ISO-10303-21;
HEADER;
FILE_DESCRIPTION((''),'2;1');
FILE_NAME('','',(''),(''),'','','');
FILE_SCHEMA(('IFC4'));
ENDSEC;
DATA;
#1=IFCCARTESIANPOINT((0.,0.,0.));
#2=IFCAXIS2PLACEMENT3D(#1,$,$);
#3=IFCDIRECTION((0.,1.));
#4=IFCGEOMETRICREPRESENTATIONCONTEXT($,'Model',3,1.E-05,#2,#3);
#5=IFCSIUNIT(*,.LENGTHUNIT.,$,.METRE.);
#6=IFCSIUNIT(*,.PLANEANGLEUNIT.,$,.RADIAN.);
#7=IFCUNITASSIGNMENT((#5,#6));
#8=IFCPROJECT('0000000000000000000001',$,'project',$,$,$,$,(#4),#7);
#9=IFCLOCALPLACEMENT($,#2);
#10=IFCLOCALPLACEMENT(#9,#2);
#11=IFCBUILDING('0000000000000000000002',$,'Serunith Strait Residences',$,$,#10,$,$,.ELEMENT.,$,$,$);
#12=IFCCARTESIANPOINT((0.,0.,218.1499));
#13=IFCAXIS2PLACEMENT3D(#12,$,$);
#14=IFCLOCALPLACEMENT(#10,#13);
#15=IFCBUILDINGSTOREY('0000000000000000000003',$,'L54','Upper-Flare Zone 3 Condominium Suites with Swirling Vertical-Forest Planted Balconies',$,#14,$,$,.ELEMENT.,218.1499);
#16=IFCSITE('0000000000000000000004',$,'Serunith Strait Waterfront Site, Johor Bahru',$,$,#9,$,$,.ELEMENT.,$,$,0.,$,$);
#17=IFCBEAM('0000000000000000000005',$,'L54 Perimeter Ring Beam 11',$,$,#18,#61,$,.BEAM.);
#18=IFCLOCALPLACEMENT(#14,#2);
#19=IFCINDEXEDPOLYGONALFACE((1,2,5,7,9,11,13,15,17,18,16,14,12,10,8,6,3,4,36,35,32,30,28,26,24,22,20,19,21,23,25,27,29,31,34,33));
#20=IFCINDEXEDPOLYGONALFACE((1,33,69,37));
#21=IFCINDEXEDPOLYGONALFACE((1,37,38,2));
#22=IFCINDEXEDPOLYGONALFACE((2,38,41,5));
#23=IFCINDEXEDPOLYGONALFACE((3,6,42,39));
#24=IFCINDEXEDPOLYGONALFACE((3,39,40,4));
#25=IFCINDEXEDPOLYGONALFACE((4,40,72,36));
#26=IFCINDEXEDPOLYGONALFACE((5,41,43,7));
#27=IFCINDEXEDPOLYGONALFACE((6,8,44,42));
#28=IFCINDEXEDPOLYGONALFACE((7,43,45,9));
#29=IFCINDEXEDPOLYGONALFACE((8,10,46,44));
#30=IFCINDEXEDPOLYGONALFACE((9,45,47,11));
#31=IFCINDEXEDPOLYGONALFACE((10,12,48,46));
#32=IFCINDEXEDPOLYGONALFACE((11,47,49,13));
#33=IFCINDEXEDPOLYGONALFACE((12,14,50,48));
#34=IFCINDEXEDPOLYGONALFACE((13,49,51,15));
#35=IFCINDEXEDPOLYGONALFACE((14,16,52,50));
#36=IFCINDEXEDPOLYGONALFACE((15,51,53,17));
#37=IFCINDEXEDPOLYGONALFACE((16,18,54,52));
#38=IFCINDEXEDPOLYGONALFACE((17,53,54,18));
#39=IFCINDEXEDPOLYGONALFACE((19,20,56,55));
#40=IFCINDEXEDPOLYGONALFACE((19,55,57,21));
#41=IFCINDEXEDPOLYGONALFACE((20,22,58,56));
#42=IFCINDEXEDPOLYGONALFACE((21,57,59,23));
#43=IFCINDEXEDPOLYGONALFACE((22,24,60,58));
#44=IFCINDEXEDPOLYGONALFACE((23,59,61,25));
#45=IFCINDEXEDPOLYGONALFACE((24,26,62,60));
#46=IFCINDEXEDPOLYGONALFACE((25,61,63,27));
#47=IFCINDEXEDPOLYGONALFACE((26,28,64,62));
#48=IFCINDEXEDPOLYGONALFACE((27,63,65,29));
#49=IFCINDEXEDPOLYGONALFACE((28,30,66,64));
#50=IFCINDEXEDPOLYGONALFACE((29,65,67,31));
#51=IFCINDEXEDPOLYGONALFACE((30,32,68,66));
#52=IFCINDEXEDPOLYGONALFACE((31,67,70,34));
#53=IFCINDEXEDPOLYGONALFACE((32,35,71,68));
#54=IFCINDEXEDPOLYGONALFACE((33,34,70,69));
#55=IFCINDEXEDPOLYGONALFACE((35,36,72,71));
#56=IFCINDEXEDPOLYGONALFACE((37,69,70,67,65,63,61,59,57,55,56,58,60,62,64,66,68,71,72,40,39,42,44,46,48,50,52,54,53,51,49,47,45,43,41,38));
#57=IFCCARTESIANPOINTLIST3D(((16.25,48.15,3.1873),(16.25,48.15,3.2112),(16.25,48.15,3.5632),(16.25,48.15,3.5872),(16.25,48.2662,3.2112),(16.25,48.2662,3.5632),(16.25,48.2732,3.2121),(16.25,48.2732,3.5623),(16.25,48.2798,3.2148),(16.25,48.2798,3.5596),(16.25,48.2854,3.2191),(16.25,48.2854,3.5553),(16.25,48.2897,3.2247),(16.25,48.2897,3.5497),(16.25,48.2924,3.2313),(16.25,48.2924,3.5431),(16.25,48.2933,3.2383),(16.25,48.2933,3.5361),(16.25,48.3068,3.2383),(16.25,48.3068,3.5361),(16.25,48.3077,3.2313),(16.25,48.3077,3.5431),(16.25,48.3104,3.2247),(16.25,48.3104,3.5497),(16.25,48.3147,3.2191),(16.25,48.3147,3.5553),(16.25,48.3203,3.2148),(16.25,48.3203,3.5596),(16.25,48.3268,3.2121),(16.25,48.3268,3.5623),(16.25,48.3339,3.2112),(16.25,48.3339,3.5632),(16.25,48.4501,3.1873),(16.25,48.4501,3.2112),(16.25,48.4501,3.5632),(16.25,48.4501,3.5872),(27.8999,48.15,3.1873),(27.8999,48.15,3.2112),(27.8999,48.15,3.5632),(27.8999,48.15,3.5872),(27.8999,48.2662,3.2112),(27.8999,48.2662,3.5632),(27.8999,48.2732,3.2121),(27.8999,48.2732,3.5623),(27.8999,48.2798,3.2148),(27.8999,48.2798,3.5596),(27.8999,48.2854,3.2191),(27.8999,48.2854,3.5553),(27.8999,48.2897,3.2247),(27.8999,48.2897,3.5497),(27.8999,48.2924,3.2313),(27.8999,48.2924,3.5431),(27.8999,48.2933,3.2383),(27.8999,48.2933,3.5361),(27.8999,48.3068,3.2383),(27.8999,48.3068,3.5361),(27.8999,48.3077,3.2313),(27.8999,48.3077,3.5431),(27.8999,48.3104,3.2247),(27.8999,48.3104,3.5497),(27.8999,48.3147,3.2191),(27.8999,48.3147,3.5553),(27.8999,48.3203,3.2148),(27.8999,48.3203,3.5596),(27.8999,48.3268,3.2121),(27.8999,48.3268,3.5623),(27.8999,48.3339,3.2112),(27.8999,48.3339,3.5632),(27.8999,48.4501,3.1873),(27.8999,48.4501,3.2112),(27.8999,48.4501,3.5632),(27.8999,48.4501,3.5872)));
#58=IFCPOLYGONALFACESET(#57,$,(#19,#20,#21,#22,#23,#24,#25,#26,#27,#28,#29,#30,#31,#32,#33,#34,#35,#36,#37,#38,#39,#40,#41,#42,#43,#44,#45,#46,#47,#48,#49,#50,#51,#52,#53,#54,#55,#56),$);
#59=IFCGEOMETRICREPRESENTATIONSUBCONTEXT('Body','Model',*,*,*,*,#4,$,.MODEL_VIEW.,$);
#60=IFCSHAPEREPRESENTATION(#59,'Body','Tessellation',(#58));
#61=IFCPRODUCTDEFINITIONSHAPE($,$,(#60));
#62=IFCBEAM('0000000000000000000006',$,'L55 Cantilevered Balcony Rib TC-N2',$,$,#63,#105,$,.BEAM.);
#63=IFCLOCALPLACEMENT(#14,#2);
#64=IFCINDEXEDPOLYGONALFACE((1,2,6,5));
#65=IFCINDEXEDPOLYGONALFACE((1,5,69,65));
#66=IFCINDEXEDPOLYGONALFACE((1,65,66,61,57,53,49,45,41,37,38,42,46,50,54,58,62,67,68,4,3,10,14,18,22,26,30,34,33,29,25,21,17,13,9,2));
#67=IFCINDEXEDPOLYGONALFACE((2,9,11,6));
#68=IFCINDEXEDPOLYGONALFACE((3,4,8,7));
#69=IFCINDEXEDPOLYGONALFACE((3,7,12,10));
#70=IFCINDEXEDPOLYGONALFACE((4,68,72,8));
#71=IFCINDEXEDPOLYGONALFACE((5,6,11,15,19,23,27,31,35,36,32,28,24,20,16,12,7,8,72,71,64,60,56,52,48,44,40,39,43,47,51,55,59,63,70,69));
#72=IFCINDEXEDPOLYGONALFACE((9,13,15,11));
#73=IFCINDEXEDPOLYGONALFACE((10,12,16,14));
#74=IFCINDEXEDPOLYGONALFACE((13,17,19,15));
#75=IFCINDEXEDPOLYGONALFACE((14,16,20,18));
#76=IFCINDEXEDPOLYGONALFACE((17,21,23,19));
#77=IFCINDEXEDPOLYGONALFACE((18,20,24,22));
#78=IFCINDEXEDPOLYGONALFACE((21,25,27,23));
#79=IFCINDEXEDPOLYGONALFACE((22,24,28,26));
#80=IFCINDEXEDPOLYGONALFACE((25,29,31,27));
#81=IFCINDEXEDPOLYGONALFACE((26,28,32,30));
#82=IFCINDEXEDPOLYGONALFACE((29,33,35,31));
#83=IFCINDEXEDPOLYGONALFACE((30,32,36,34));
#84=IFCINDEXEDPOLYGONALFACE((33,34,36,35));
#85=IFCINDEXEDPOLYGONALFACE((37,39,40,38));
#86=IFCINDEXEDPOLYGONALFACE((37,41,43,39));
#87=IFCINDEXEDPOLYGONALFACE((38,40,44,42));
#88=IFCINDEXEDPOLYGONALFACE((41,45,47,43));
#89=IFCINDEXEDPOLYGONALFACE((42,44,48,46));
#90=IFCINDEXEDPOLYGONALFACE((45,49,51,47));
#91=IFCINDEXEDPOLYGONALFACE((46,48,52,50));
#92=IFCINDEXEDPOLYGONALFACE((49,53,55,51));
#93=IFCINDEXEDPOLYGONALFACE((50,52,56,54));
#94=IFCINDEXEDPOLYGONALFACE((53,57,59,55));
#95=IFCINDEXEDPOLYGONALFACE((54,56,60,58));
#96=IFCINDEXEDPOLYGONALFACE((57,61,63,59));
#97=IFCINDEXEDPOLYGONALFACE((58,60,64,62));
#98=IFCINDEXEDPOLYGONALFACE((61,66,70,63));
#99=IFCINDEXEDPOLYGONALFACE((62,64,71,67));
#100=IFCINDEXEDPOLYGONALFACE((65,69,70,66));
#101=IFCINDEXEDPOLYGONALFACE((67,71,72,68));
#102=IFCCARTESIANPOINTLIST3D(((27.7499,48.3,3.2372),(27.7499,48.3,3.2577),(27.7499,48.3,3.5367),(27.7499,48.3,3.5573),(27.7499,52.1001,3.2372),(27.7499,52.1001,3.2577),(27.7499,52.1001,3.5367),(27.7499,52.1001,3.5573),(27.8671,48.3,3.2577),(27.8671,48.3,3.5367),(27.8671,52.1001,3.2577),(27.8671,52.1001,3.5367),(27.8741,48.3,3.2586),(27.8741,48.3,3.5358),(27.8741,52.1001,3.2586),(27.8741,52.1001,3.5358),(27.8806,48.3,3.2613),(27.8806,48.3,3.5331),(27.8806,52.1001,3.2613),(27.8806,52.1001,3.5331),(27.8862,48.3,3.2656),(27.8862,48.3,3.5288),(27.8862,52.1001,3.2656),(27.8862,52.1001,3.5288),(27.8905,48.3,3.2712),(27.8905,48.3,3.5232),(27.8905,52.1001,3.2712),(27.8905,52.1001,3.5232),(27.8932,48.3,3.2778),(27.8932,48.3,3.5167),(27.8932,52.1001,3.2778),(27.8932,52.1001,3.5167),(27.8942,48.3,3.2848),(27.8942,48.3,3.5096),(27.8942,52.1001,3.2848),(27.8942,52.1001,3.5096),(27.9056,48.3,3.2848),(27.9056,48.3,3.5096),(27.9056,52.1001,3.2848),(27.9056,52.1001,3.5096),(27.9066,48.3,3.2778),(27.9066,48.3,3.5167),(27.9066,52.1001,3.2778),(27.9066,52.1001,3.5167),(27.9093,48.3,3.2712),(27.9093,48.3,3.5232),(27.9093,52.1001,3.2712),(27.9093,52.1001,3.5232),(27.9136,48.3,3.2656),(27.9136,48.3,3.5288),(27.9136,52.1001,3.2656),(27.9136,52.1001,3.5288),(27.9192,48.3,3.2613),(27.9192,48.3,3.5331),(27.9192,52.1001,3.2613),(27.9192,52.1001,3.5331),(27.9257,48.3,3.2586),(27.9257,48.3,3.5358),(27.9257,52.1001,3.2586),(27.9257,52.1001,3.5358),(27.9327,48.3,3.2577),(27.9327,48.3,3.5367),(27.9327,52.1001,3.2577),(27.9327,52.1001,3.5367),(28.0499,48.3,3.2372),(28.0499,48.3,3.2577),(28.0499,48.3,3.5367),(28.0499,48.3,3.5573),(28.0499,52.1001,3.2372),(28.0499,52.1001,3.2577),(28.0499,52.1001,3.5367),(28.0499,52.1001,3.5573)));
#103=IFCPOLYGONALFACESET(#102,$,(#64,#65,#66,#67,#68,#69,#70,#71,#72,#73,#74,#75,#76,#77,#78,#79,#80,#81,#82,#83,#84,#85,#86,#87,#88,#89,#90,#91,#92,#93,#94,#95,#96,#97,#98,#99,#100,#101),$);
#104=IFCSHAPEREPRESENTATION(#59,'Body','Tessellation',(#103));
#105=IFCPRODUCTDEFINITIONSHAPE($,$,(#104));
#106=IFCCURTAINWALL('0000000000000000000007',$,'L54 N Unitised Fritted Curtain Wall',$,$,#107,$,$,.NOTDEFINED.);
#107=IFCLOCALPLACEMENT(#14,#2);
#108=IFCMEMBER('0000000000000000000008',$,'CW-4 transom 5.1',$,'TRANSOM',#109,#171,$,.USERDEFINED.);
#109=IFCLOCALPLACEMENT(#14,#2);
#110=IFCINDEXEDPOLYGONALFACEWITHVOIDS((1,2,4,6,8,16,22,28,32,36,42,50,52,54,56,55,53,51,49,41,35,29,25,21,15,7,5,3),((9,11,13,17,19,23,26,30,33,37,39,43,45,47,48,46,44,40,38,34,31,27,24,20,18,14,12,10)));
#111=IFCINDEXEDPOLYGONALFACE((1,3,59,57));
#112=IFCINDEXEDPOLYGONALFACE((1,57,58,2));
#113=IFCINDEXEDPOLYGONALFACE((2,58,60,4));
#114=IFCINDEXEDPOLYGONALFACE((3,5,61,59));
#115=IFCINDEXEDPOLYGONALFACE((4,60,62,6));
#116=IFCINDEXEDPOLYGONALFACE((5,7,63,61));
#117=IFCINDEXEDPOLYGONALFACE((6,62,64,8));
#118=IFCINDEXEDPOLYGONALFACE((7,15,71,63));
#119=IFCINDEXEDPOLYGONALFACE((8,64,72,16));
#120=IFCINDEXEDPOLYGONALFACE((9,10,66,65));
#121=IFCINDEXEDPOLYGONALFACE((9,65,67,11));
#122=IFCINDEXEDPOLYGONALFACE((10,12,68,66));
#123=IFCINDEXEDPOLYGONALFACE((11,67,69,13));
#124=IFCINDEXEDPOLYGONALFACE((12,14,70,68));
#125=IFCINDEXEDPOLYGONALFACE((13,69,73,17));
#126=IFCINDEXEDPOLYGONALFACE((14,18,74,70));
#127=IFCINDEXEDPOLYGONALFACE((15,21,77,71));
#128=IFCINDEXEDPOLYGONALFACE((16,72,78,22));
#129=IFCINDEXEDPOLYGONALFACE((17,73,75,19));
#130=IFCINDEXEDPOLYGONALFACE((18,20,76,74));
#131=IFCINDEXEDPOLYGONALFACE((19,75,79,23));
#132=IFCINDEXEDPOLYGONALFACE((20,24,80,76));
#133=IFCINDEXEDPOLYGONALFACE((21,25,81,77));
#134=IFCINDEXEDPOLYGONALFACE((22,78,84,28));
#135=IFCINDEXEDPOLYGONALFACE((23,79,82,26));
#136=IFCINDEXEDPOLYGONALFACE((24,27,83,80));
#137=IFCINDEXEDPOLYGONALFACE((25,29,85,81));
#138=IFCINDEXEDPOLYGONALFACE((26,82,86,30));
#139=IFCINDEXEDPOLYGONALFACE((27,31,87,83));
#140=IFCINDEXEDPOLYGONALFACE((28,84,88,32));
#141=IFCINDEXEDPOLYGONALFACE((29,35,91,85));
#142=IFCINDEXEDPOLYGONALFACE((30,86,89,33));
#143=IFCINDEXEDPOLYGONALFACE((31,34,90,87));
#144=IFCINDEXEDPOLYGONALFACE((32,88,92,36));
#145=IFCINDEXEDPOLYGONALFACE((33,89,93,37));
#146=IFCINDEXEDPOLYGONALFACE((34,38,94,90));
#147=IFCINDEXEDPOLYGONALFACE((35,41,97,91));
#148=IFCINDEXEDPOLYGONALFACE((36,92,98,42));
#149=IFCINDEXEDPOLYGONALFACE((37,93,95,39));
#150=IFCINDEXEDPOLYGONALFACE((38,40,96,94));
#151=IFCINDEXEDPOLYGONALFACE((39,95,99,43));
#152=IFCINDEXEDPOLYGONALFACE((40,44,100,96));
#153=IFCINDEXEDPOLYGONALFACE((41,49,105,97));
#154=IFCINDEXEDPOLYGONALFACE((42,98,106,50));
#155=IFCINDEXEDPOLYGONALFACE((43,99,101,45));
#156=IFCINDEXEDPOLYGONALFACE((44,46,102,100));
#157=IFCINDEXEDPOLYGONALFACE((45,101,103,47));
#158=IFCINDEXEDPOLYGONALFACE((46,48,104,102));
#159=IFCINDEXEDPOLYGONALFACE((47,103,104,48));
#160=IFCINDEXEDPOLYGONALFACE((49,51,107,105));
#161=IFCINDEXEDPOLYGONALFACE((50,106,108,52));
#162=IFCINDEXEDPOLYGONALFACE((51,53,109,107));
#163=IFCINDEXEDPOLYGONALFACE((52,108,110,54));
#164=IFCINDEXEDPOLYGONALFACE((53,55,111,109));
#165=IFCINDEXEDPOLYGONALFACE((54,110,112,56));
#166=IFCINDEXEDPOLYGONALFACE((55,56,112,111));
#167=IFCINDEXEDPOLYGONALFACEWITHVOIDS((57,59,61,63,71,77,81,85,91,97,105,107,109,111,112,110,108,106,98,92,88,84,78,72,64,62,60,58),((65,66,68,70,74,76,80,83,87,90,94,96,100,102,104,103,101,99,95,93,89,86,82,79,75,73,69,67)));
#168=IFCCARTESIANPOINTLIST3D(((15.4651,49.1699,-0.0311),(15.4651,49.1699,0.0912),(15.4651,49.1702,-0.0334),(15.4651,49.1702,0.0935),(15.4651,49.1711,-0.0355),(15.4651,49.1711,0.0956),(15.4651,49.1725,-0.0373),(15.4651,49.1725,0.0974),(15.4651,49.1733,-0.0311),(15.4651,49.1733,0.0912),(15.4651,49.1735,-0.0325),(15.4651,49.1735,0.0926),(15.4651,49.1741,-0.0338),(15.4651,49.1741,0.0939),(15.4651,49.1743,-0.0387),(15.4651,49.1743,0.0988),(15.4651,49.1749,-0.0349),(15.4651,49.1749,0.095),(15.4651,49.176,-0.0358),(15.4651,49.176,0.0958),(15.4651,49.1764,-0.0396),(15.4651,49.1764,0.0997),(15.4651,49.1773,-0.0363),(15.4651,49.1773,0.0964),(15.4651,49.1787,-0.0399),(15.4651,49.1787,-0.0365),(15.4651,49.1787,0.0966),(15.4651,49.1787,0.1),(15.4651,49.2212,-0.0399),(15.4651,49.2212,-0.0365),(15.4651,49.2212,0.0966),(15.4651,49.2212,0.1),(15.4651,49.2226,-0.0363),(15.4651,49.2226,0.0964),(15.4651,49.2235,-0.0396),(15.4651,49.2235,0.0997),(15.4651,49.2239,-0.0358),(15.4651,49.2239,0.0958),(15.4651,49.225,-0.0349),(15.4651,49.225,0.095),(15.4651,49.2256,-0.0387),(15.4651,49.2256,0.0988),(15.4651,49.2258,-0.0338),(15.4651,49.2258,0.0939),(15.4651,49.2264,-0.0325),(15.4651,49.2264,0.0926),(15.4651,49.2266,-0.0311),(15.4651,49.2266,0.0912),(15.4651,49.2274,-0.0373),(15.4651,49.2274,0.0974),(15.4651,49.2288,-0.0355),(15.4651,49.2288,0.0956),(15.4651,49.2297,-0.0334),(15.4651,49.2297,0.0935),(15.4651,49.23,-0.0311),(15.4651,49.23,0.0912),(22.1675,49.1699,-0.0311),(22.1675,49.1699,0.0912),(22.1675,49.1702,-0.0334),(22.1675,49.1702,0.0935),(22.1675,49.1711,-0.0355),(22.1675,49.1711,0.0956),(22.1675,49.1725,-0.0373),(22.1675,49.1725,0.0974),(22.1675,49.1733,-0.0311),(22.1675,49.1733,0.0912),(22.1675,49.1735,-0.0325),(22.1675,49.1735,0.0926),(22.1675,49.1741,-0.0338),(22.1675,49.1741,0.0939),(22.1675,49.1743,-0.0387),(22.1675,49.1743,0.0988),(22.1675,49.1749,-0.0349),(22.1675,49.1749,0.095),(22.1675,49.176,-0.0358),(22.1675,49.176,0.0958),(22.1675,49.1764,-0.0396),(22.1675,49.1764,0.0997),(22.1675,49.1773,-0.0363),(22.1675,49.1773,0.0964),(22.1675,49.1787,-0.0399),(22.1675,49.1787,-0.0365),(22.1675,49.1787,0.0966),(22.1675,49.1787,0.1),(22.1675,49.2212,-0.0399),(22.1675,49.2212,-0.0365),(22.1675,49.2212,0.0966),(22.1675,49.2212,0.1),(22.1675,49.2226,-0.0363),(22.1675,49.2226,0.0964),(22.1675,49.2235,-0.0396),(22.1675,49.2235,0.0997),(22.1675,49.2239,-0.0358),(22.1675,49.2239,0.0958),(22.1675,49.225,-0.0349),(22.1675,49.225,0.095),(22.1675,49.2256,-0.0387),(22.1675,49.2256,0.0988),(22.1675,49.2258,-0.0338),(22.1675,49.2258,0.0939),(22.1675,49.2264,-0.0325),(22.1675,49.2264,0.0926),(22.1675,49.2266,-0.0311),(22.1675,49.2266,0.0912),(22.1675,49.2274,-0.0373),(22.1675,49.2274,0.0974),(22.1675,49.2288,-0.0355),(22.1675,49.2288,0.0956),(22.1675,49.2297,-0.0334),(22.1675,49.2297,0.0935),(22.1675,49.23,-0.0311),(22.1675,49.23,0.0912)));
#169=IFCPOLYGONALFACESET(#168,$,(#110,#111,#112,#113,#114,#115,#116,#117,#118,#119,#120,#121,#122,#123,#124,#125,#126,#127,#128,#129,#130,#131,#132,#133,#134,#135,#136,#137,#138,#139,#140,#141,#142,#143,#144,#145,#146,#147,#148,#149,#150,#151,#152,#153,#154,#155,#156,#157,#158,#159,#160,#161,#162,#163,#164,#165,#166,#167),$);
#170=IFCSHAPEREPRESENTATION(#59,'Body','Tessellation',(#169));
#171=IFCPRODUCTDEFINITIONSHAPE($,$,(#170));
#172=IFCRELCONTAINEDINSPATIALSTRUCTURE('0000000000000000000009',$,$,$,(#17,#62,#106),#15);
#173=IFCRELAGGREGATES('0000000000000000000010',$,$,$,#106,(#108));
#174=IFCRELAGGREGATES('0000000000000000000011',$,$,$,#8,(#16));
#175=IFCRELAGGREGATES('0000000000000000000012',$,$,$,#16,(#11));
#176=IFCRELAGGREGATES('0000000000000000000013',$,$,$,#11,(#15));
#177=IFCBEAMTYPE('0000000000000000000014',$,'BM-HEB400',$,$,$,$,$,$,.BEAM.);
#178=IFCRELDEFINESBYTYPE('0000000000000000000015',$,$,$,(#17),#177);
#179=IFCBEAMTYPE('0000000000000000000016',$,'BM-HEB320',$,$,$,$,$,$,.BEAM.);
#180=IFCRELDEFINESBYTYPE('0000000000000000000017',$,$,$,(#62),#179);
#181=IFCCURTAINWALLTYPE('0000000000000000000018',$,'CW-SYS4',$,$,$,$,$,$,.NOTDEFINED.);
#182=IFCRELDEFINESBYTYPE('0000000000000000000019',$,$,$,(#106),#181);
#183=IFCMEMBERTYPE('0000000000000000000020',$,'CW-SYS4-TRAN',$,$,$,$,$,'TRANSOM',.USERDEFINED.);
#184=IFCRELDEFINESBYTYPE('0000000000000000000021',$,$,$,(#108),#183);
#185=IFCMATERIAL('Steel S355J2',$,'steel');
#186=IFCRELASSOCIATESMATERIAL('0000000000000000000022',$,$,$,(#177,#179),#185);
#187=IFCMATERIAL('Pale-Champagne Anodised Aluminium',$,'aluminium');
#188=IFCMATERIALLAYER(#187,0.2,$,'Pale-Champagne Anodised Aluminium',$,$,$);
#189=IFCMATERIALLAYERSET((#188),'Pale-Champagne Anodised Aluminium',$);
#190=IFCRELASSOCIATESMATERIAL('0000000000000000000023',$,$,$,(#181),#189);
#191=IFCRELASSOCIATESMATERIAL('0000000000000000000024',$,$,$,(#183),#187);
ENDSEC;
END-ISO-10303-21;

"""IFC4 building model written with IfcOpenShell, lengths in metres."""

from ifc_helpers import new_model, si_unit, direction, frame, origin, origin_2d, place, context, subcontext, project, spatial, hollow_rectangle, i_section, extrude, source, transform, mapped, material, layer, layer_set, material_profile, profile_set, type_object, element, aggregate, save


model = new_model("IFC4")

# Units and contexts
model_context = context("Model", 3, precision=1e-05, world=origin(), true_north=direction((0.0, 1.0)))
body_context = subcontext(model_context, "Body", "Model", "MODEL_VIEW")
ifc_project = project(units=[si_unit("LENGTHUNIT", "METRE"), si_unit("PLANEANGLEUNIT", "RADIAN")], contexts=[model_context])

# Site, building, storey
site_placement = place(None, origin())
site = spatial("IfcSite", under=ifc_project, at=site_placement, Name="Serunith Strait Waterfront Site, Johor Bahru", CompositionType="ELEMENT", RefElevation=0.0)
building_placement = place(site_placement, origin())
building = spatial("IfcBuilding", under=site, at=building_placement, Name="Serunith Strait Residences", CompositionType="ELEMENT")
storey_placement = place(building_placement, frame((0.0, 0.0, 218.1499)))
storey = spatial("IfcBuildingStorey", under=building, at=storey_placement, Name="L54", Description="Upper-Flare Zone 3 Condominium Suites with Swirling Vertical-Forest Planted Balconies", CompositionType="ELEMENT", Elevation=218.1499)

# Beams
ifc_material_1 = material(Name="Steel S355J2", Category="steel")
ifc_material_profile_1 = material_profile(ifc_material_1, i_section(OverallWidth=0.3, OverallDepth=0.3999, WebThickness=0.0134, FlangeThickness=0.0239, FilletRadius=0.0271, at=origin_2d()), Name="HEB 400")
ifc_profile_set_1 = profile_set([ifc_material_profile_1], Name="Steel S355J2")
beam_type_1 = type_object("IfcBeamType", Name="BM-HEB400", PredefinedType="BEAM", material=ifc_profile_set_1)
shared_shape_1 = source(origin(), body_context, "Body", "SweptSolid", [
    extrude(i_section(OverallWidth=0.3, OverallDepth=0.3999, WebThickness=0.0134, FlangeThickness=0.0239, FilletRadius=0.0271, at=origin_2d()), origin(), (0.0, 0.0, 1.0), 11.6499),
])
beam_1_placement = place(storey_placement, frame((27.8999, 48.3, 3.3872), z_axis=(-1.0, 0.0, 0.0), x_axis=(0.0, -1.0, 0.0)))
element("IfcBeam", 1, at=beam_1_placement, inside=storey, type_object=beam_type_1, Name="L54 Perimeter Ring Beam 11", PredefinedType="BEAM", context=body_context, shape_type="MappedRepresentation", body=[
    mapped(shared_shape_1, transform((0.0, 0.0, 0.0), scale=1.0)),
])
ifc_material_profile_2 = material_profile(ifc_material_1, i_section(OverallWidth=0.3, OverallDepth=0.3201, WebThickness=0.0115, FlangeThickness=0.0205, FilletRadius=0.0271, at=origin_2d()), Name="HEB 320")
ifc_profile_set_2 = profile_set([ifc_material_profile_2], Name="Steel S355J2")
beam_type_2 = type_object("IfcBeamType", Name="BM-HEB320", PredefinedType="BEAM", material=ifc_profile_set_2)
shared_shape_2 = source(origin(), body_context, "Body", "SweptSolid", [
    extrude(i_section(OverallWidth=0.3, OverallDepth=0.3201, WebThickness=0.0115, FlangeThickness=0.0205, FilletRadius=0.0271, at=origin_2d()), origin(), (0.0, 0.0, 1.0), 3.8),
])
beam_2_placement = place(storey_placement, frame((27.8999, 48.3, 3.3972), z_axis=(0.0, 1.0, 0.0), x_axis=(-1.0, 0.0, 0.0)))
element("IfcBeam", 2, at=beam_2_placement, inside=storey, type_object=beam_type_2, Name="L55 Cantilevered Balcony Rib TC-N2", PredefinedType="BEAM", context=body_context, shape_type="MappedRepresentation", body=[
    mapped(shared_shape_2, transform((0.0, 0.0, 0.0), scale=1.0)),
])

# Curtain wall, member
ifc_material_2 = material(Name="Pale-Champagne Anodised Aluminium", Category="aluminium")
ifc_layer_1 = layer(ifc_material_2, 0.2, Name="Pale-Champagne Anodised Aluminium")
ifc_layer_set_1 = layer_set([ifc_layer_1], Name="Pale-Champagne Anodised Aluminium")
curtain_wall_type = type_object("IfcCurtainWallType", Name="CW-SYS4", PredefinedType="NOTDEFINED", material=ifc_layer_set_1)
curtain_wall_placement = place(storey_placement, origin())
curtain_wall = element("IfcCurtainWall", 3, at=curtain_wall_placement, inside=storey, type_object=curtain_wall_type, Name="L54 N Unitised Fritted Curtain Wall", PredefinedType="NOTDEFINED")
ifc_material_profile_3 = material_profile(ifc_material_2, hollow_rectangle(XDim=0.0601, YDim=0.1399, WallThickness=0.0034, InnerFilletRadius=0.0054, OuterFilletRadius=0.0088, at=origin_2d()), Name="ALU 140x60x3.5")
ifc_profile_set_3 = profile_set([ifc_material_profile_3], Name="Pale-Champagne Anodised Aluminium")
member_type_1 = type_object("IfcMemberType", Name="CW-SYS4-TRAN", ElementType="TRANSOM", PredefinedType="USERDEFINED", material=ifc_profile_set_3)
shared_shape_3 = source(origin(), body_context, "Body", "SweptSolid", [
    extrude(hollow_rectangle(XDim=0.0601, YDim=0.1399, WallThickness=0.0034, InnerFilletRadius=0.0054, OuterFilletRadius=0.0088, at=origin_2d()), origin(), (0.0, 0.0, 1.0), 6.7024),
])
member_1_placement = place(storey_placement, frame((22.1675, 49.2, 0.03), z_axis=(-1.0, 0.0, 0.0), x_axis=(0.0, -1.0, 0.0)))
member_1 = element("IfcMember", 4, at=member_1_placement, type_object=member_type_1, Name="CW-4 transom 5.1", ObjectType="TRANSOM", PredefinedType="USERDEFINED", context=body_context, shape_type="MappedRepresentation", body=[
    mapped(shared_shape_3, transform((0.0, 0.0, 0.0), scale=1.0)),
])
aggregate(curtain_wall, [member_1])

save(model, "model.ifc")
